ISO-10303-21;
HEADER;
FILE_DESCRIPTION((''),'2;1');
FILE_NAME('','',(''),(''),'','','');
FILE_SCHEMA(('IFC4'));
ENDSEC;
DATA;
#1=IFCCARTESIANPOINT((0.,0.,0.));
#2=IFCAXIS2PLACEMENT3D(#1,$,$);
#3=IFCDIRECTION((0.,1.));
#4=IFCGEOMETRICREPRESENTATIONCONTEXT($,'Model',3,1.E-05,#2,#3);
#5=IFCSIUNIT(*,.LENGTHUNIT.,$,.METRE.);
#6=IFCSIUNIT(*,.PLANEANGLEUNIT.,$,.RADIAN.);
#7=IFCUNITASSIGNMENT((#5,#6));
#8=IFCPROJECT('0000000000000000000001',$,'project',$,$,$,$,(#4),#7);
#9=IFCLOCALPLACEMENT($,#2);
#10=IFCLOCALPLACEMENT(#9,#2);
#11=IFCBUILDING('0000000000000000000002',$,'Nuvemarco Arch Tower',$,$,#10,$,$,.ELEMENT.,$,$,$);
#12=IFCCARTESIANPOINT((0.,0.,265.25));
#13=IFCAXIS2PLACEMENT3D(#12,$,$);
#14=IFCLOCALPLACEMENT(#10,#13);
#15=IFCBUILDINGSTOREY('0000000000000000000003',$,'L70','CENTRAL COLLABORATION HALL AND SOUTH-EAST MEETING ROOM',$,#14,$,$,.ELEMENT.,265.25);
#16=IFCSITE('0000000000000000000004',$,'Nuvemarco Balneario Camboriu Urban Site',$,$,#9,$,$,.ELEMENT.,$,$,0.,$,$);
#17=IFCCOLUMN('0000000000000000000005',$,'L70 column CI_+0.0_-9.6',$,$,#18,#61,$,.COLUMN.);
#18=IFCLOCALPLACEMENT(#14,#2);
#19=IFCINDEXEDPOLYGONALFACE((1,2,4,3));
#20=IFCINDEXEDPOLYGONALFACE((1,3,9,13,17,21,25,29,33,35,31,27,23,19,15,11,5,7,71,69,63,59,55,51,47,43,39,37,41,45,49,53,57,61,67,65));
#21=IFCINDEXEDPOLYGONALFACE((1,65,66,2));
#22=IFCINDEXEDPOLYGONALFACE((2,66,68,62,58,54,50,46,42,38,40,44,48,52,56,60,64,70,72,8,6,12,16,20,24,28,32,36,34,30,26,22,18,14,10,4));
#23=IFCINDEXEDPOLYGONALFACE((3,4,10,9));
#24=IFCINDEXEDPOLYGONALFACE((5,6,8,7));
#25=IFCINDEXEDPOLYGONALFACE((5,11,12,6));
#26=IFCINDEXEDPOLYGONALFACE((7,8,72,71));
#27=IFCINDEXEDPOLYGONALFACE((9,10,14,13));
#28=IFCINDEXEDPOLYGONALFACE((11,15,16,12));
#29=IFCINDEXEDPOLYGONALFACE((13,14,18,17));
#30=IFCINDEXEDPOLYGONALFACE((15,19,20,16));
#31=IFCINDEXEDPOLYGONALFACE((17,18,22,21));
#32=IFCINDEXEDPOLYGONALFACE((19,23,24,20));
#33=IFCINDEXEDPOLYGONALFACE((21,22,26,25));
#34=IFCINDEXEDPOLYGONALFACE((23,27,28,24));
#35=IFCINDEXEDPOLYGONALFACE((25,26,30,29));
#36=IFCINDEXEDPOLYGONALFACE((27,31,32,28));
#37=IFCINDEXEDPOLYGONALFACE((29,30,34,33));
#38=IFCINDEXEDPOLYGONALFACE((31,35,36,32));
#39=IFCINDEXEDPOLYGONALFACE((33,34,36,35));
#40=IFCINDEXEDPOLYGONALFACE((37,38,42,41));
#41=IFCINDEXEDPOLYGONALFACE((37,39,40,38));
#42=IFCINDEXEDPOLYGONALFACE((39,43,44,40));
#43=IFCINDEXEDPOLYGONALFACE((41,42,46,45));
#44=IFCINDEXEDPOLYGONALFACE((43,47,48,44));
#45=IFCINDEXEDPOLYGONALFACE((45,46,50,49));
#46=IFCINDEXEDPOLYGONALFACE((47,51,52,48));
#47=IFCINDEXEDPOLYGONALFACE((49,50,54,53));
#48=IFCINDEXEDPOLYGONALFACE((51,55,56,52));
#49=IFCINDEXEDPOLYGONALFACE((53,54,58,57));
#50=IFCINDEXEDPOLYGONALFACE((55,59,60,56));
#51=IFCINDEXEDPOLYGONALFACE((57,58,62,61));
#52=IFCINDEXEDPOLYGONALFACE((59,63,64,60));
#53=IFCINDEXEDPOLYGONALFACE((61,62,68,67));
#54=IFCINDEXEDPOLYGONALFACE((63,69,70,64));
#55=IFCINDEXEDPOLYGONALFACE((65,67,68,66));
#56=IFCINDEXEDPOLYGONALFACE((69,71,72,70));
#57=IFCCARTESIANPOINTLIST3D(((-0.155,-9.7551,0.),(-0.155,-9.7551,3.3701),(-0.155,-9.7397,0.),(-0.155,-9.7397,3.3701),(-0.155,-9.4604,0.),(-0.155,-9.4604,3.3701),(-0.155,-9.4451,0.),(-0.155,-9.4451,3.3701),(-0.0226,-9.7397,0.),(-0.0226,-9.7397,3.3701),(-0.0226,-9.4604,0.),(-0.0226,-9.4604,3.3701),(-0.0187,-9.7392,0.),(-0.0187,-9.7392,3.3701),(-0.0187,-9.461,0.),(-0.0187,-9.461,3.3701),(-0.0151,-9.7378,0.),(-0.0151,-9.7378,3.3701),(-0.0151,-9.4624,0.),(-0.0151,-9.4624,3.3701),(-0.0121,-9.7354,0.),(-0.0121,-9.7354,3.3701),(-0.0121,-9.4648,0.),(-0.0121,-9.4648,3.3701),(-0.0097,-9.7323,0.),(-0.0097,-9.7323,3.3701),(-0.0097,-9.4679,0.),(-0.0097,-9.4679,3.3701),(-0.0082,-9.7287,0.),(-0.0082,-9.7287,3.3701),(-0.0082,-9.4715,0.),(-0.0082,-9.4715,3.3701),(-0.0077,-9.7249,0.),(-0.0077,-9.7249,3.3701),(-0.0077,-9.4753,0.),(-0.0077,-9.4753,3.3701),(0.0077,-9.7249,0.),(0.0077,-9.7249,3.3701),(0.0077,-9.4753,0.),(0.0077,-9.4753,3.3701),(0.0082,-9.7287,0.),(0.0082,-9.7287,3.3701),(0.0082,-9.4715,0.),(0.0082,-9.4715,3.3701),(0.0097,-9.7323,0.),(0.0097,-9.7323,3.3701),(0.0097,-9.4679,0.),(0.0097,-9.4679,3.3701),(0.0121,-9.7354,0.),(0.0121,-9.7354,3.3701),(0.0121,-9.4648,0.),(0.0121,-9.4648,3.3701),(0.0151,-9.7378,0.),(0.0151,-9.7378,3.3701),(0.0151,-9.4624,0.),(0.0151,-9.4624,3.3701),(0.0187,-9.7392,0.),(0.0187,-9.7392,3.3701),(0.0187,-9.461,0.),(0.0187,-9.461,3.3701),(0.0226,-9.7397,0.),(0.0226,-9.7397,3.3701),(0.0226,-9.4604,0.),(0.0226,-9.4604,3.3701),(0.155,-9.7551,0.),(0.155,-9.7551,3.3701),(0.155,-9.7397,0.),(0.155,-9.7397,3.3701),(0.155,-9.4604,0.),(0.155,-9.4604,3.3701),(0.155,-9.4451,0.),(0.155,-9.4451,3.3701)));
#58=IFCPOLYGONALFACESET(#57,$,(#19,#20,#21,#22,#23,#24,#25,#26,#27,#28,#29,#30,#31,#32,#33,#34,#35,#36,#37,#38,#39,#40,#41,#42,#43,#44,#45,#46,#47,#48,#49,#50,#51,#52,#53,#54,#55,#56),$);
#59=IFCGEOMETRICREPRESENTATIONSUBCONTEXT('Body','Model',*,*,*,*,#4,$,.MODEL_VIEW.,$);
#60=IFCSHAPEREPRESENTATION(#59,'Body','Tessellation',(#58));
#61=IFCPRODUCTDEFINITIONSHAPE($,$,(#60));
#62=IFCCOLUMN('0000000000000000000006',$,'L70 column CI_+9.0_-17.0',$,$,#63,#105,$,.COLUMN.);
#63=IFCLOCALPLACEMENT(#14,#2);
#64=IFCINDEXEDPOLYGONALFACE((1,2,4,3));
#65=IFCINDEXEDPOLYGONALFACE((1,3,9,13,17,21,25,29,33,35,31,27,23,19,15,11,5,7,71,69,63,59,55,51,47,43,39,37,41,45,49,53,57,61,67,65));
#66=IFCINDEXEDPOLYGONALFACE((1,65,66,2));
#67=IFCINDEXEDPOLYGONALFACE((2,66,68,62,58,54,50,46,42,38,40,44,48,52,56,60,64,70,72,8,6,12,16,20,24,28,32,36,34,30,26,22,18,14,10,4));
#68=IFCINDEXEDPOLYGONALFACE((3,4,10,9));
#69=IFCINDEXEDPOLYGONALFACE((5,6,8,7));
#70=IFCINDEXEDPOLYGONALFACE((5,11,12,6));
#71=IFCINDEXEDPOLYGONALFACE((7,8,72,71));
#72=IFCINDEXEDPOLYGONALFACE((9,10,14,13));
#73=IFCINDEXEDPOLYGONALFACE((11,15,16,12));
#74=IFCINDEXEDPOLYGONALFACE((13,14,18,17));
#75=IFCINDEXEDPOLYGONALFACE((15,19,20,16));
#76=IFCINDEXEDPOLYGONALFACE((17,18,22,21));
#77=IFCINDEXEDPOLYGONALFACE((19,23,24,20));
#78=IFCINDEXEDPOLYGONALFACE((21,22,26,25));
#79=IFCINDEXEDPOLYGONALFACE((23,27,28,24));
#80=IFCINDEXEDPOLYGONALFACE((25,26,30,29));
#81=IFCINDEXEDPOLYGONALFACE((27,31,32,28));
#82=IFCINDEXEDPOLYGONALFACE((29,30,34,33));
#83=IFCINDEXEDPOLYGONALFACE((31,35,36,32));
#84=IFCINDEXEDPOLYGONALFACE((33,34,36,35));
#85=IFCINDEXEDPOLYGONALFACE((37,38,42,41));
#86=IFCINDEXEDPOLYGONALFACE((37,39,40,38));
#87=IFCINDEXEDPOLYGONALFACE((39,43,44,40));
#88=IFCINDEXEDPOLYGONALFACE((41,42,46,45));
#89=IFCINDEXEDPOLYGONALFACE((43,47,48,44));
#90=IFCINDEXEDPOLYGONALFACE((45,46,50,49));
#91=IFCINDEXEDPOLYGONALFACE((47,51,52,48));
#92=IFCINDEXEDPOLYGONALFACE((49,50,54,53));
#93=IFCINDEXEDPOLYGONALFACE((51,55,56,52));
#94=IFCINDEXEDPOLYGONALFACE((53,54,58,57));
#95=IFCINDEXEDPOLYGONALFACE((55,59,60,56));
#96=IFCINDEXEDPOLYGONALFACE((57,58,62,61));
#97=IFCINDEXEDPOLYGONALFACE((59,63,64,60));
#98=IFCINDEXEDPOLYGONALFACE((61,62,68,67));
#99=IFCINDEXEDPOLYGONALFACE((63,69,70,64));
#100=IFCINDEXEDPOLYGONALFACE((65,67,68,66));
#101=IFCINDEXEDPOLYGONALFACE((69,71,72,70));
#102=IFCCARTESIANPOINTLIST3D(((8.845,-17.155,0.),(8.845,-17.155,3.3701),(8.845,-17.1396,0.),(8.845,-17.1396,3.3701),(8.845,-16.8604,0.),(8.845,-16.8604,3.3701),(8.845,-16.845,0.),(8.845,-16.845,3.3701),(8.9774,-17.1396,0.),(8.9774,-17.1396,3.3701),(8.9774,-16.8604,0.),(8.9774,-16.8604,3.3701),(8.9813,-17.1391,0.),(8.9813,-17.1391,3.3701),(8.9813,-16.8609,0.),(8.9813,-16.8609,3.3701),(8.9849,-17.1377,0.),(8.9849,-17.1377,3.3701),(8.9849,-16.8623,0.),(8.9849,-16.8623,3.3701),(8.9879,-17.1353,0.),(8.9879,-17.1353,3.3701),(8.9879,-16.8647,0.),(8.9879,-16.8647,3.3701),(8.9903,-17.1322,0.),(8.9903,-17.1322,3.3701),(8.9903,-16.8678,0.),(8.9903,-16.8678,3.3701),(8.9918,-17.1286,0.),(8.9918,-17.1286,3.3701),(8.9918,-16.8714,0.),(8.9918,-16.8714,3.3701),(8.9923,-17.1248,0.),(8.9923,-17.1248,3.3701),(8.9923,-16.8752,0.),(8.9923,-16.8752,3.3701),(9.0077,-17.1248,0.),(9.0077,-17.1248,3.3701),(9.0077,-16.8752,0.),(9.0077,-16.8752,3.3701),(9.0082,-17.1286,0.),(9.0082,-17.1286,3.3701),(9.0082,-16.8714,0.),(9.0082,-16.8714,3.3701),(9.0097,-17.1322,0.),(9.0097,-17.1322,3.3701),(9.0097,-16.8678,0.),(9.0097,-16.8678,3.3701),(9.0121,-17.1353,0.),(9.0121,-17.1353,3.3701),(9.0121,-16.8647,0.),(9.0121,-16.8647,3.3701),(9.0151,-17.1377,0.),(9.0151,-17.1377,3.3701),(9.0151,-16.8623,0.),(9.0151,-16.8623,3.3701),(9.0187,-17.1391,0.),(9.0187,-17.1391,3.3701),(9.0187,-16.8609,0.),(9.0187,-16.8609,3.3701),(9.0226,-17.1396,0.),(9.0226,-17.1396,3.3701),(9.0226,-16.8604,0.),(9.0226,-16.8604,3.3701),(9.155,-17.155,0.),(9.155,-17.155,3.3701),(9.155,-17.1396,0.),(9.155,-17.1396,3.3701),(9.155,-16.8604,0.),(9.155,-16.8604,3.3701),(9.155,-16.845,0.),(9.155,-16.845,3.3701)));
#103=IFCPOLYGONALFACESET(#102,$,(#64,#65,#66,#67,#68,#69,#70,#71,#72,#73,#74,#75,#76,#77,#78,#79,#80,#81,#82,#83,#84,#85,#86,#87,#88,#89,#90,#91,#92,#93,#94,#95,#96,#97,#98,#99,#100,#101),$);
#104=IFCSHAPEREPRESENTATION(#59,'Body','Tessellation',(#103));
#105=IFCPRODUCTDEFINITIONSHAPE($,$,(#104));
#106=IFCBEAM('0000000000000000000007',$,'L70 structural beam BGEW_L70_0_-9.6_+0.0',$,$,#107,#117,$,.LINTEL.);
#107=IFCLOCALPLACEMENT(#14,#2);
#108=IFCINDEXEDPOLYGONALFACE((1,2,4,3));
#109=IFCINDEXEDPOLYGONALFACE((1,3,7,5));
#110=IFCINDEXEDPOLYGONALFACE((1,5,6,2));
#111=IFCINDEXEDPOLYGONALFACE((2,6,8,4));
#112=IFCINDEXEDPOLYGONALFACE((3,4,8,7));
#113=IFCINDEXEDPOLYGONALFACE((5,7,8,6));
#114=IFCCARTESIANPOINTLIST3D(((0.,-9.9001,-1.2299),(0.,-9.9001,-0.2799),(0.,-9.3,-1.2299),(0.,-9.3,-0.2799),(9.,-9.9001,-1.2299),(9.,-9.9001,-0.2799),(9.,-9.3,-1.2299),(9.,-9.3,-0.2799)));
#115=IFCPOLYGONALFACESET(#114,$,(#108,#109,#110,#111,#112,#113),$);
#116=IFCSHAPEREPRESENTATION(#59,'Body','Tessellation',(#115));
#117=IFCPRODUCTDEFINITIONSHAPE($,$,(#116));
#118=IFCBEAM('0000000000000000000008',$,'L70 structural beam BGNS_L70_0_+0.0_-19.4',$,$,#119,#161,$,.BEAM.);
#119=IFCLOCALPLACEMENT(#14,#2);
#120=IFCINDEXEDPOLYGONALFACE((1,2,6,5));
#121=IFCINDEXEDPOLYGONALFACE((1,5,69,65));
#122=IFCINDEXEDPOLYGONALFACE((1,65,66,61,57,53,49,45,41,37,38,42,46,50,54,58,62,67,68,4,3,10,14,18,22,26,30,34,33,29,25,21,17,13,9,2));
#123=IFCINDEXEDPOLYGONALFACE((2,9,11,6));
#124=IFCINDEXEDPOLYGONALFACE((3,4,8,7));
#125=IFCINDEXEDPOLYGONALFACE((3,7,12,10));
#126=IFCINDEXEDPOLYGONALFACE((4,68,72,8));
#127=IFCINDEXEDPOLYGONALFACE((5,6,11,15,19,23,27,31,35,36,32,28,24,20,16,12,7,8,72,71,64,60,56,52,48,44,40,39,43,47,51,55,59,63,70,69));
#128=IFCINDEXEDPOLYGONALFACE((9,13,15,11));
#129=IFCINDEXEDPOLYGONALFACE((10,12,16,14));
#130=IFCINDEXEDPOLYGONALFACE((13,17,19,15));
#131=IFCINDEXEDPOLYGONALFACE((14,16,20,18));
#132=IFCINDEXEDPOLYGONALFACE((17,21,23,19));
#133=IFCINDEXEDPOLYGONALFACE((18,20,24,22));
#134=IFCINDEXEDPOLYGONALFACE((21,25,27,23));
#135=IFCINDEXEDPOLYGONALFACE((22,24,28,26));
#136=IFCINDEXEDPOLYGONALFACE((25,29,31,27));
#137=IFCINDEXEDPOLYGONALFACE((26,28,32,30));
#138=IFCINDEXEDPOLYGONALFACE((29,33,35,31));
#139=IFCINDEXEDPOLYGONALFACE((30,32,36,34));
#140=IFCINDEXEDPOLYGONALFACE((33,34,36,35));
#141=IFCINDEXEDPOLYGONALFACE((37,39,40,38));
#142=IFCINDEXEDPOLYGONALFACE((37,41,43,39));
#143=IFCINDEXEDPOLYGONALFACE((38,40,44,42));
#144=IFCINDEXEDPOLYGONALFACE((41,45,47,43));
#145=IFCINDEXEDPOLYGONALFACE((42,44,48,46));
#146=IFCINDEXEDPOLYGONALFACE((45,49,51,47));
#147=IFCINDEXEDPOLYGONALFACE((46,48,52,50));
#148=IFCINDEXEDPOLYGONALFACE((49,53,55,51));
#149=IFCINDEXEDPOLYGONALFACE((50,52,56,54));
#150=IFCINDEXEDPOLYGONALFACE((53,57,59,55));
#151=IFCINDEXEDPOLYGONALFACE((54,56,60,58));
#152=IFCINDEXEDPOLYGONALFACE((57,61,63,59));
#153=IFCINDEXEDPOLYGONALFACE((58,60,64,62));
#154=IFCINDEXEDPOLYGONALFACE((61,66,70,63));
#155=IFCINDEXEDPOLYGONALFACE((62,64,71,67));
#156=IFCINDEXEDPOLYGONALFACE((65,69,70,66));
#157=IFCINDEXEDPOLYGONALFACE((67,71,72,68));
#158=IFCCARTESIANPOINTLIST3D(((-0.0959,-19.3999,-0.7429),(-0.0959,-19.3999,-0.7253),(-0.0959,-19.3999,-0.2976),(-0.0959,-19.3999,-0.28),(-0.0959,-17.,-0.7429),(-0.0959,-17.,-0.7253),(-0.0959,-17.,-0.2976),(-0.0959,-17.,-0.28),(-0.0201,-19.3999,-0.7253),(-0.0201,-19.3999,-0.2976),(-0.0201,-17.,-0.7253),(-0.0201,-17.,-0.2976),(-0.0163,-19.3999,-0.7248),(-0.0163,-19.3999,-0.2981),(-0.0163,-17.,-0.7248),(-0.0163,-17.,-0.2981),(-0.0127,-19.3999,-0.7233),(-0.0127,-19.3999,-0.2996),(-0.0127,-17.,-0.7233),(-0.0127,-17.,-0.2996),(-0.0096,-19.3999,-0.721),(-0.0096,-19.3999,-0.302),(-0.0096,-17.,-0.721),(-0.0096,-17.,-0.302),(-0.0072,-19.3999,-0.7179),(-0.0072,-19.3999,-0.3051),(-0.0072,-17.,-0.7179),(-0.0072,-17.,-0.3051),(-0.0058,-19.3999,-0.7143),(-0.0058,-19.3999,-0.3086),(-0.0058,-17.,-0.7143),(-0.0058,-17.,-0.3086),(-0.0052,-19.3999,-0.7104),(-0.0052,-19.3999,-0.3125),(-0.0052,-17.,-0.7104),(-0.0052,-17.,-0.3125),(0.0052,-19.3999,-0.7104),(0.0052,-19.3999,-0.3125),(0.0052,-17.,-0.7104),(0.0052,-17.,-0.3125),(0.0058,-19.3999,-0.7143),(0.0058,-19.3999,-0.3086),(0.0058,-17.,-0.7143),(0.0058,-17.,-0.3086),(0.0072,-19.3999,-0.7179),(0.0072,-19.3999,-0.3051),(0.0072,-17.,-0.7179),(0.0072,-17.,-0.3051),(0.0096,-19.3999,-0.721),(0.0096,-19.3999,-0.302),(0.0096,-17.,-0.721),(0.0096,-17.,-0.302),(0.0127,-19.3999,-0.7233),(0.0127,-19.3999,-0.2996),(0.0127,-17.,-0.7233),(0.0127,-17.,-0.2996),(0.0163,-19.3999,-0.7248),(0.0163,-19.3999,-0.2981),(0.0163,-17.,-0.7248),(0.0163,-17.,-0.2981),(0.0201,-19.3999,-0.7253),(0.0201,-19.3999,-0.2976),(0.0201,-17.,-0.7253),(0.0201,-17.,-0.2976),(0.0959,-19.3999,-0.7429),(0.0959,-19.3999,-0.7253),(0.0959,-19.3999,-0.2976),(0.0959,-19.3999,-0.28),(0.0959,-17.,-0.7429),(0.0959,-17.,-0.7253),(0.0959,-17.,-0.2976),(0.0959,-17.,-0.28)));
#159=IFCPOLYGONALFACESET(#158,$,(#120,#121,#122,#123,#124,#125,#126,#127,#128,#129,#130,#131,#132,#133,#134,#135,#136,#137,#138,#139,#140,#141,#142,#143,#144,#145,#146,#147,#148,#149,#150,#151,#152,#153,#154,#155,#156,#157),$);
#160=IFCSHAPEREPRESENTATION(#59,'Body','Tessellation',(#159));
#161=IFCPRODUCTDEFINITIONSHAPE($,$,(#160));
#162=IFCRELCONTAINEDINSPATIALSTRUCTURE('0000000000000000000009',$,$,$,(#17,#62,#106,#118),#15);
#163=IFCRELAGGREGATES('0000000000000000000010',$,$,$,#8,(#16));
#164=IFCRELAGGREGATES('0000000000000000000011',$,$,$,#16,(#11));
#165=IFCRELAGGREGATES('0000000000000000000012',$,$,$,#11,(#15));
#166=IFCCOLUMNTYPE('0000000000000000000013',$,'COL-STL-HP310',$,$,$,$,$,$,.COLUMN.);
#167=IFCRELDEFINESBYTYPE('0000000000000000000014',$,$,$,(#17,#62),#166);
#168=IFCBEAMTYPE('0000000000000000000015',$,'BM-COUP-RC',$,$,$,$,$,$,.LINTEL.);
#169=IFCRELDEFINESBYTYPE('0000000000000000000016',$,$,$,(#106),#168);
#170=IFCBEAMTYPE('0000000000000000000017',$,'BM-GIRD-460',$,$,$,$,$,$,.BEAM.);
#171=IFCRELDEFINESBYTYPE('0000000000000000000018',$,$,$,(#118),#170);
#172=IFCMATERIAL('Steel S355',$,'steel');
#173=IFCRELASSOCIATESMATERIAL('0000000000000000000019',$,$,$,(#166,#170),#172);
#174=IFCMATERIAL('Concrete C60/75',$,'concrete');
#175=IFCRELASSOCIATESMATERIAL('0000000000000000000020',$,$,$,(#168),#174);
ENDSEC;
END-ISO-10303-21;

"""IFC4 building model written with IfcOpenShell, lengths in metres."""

from ifc_helpers import new_model, si_unit, direction, frame, origin, origin_2d, place, context, subcontext, project, spatial, rectangle, i_section, extrude, material, material_profile, profile_set, type_object, element, save


model = new_model("IFC4")

# Units and contexts
model_context = context("Model", 3, precision=1e-05, world=origin(), true_north=direction((0.0, 1.0)))
body_context = subcontext(model_context, "Body", "Model", "MODEL_VIEW")
ifc_project = project(units=[si_unit("LENGTHUNIT", "METRE"), si_unit("PLANEANGLEUNIT", "RADIAN")], contexts=[model_context])

# Site, building, storey
site_placement = place(None, origin())
site = spatial("IfcSite", under=ifc_project, at=site_placement, Name="Nuvemarco Balneario Camboriu Urban Site", CompositionType="ELEMENT", RefElevation=0.0)
building_placement = place(site_placement, origin())
building = spatial("IfcBuilding", under=site, at=building_placement, Name="Nuvemarco Arch Tower", CompositionType="ELEMENT")
storey_placement = place(building_placement, frame((0.0, 0.0, 265.25)))
storey = spatial("IfcBuildingStorey", under=building, at=storey_placement, Name="L70", Description="CENTRAL COLLABORATION HALL AND SOUTH-EAST MEETING ROOM", CompositionType="ELEMENT", Elevation=265.25)

# Columns
ifc_material_1 = material(Name="Steel S355", Category="steel")
ifc_material_profile_1 = material_profile(ifc_material_1, i_section(OverallWidth=0.3101, OverallDepth=0.3101, WebThickness=0.0154, FlangeThickness=0.0154, FilletRadius=0.0149, at=origin_2d()), Name="HP310x110")
ifc_profile_set_1 = profile_set([ifc_material_profile_1], Name="Steel S355")
column_type_1 = type_object("IfcColumnType", Name="COL-STL-HP310", PredefinedType="COLUMN", material=ifc_profile_set_1)
for number, where, z_axis, x_axis, name in (
    (1, (0.0, -9.6001, 0.0), (0.0, 0.0, 1.0), (1.0, 0.0, 0.0), "L70 column CI_+0.0_-9.6"),
    (2, (9.0, -17.0, 0.0), (0.0, 0.0, 1.0), (1.0, 0.0, 0.0), "L70 column CI_+9.0_-17.0"),
):
    element("IfcColumn", number, at=place(storey_placement, frame(where, z_axis=z_axis, x_axis=x_axis)), inside=storey, type_object=column_type_1, Name=name, PredefinedType="COLUMN", context=body_context, shape_type="SweptSolid", body=[
        extrude(i_section(OverallWidth=0.3101, OverallDepth=0.3101, WebThickness=0.0154, FlangeThickness=0.0154, FilletRadius=0.0149, at=origin_2d()), origin(), (0.0, 0.0, 1.0), 3.3701),
    ])

# Beams
ifc_material_2 = material(Name="Concrete C60/75", Category="concrete")
ifc_material_profile_2 = material_profile(ifc_material_2, rectangle(XDim=0.6001, YDim=0.95, at=origin_2d()), Name="RC-BM-600x950")
ifc_profile_set_2 = profile_set([ifc_material_profile_2], Name="Concrete C60/75")
beam_type_1 = type_object("IfcBeamType", Name="BM-COUP-RC", PredefinedType="LINTEL", material=ifc_profile_set_2)
beam_1_placement = place(storey_placement, frame((0.0, -9.6001, -0.7549), z_axis=(1.0, 0.0, 0.0), x_axis=(0.0, 1.0, 0.0)))
element("IfcBeam", 3, at=beam_1_placement, inside=storey, type_object=beam_type_1, Name="L70 structural beam BGEW_L70_0_-9.6_+0.0", PredefinedType="LINTEL", context=body_context, shape_type="SweptSolid", body=[
    extrude(rectangle(XDim=0.6001, YDim=0.95, at=origin_2d()), origin(), (0.0, 0.0, 1.0), 9.0),
])
ifc_material_profile_3 = material_profile(ifc_material_1, i_section(OverallWidth=0.1919, OverallDepth=0.4629, WebThickness=0.0105, FlangeThickness=0.0176, FilletRadius=0.0149, at=origin_2d()), Name="W460x89")
ifc_profile_set_3 = profile_set([ifc_material_profile_3], Name="Steel S355")
beam_type_2 = type_object("IfcBeamType", Name="BM-GIRD-460", PredefinedType="BEAM", material=ifc_profile_set_3)
beam_2_placement = place(storey_placement, frame((0.0, -19.3999, -0.5115), z_axis=(0.0, 1.0, 0.0), x_axis=(-1.0, 0.0, 0.0)))
element("IfcBeam", 4, at=beam_2_placement, inside=storey, type_object=beam_type_2, Name="L70 structural beam BGNS_L70_0_+0.0_-19.4", PredefinedType="BEAM", context=body_context, shape_type="SweptSolid", body=[
    extrude(i_section(OverallWidth=0.1919, OverallDepth=0.4629, WebThickness=0.0105, FlangeThickness=0.0176, FilletRadius=0.0149, at=origin_2d()), origin(), (0.0, 0.0, 1.0), 2.3999),
])

save(model, "model.ifc")
